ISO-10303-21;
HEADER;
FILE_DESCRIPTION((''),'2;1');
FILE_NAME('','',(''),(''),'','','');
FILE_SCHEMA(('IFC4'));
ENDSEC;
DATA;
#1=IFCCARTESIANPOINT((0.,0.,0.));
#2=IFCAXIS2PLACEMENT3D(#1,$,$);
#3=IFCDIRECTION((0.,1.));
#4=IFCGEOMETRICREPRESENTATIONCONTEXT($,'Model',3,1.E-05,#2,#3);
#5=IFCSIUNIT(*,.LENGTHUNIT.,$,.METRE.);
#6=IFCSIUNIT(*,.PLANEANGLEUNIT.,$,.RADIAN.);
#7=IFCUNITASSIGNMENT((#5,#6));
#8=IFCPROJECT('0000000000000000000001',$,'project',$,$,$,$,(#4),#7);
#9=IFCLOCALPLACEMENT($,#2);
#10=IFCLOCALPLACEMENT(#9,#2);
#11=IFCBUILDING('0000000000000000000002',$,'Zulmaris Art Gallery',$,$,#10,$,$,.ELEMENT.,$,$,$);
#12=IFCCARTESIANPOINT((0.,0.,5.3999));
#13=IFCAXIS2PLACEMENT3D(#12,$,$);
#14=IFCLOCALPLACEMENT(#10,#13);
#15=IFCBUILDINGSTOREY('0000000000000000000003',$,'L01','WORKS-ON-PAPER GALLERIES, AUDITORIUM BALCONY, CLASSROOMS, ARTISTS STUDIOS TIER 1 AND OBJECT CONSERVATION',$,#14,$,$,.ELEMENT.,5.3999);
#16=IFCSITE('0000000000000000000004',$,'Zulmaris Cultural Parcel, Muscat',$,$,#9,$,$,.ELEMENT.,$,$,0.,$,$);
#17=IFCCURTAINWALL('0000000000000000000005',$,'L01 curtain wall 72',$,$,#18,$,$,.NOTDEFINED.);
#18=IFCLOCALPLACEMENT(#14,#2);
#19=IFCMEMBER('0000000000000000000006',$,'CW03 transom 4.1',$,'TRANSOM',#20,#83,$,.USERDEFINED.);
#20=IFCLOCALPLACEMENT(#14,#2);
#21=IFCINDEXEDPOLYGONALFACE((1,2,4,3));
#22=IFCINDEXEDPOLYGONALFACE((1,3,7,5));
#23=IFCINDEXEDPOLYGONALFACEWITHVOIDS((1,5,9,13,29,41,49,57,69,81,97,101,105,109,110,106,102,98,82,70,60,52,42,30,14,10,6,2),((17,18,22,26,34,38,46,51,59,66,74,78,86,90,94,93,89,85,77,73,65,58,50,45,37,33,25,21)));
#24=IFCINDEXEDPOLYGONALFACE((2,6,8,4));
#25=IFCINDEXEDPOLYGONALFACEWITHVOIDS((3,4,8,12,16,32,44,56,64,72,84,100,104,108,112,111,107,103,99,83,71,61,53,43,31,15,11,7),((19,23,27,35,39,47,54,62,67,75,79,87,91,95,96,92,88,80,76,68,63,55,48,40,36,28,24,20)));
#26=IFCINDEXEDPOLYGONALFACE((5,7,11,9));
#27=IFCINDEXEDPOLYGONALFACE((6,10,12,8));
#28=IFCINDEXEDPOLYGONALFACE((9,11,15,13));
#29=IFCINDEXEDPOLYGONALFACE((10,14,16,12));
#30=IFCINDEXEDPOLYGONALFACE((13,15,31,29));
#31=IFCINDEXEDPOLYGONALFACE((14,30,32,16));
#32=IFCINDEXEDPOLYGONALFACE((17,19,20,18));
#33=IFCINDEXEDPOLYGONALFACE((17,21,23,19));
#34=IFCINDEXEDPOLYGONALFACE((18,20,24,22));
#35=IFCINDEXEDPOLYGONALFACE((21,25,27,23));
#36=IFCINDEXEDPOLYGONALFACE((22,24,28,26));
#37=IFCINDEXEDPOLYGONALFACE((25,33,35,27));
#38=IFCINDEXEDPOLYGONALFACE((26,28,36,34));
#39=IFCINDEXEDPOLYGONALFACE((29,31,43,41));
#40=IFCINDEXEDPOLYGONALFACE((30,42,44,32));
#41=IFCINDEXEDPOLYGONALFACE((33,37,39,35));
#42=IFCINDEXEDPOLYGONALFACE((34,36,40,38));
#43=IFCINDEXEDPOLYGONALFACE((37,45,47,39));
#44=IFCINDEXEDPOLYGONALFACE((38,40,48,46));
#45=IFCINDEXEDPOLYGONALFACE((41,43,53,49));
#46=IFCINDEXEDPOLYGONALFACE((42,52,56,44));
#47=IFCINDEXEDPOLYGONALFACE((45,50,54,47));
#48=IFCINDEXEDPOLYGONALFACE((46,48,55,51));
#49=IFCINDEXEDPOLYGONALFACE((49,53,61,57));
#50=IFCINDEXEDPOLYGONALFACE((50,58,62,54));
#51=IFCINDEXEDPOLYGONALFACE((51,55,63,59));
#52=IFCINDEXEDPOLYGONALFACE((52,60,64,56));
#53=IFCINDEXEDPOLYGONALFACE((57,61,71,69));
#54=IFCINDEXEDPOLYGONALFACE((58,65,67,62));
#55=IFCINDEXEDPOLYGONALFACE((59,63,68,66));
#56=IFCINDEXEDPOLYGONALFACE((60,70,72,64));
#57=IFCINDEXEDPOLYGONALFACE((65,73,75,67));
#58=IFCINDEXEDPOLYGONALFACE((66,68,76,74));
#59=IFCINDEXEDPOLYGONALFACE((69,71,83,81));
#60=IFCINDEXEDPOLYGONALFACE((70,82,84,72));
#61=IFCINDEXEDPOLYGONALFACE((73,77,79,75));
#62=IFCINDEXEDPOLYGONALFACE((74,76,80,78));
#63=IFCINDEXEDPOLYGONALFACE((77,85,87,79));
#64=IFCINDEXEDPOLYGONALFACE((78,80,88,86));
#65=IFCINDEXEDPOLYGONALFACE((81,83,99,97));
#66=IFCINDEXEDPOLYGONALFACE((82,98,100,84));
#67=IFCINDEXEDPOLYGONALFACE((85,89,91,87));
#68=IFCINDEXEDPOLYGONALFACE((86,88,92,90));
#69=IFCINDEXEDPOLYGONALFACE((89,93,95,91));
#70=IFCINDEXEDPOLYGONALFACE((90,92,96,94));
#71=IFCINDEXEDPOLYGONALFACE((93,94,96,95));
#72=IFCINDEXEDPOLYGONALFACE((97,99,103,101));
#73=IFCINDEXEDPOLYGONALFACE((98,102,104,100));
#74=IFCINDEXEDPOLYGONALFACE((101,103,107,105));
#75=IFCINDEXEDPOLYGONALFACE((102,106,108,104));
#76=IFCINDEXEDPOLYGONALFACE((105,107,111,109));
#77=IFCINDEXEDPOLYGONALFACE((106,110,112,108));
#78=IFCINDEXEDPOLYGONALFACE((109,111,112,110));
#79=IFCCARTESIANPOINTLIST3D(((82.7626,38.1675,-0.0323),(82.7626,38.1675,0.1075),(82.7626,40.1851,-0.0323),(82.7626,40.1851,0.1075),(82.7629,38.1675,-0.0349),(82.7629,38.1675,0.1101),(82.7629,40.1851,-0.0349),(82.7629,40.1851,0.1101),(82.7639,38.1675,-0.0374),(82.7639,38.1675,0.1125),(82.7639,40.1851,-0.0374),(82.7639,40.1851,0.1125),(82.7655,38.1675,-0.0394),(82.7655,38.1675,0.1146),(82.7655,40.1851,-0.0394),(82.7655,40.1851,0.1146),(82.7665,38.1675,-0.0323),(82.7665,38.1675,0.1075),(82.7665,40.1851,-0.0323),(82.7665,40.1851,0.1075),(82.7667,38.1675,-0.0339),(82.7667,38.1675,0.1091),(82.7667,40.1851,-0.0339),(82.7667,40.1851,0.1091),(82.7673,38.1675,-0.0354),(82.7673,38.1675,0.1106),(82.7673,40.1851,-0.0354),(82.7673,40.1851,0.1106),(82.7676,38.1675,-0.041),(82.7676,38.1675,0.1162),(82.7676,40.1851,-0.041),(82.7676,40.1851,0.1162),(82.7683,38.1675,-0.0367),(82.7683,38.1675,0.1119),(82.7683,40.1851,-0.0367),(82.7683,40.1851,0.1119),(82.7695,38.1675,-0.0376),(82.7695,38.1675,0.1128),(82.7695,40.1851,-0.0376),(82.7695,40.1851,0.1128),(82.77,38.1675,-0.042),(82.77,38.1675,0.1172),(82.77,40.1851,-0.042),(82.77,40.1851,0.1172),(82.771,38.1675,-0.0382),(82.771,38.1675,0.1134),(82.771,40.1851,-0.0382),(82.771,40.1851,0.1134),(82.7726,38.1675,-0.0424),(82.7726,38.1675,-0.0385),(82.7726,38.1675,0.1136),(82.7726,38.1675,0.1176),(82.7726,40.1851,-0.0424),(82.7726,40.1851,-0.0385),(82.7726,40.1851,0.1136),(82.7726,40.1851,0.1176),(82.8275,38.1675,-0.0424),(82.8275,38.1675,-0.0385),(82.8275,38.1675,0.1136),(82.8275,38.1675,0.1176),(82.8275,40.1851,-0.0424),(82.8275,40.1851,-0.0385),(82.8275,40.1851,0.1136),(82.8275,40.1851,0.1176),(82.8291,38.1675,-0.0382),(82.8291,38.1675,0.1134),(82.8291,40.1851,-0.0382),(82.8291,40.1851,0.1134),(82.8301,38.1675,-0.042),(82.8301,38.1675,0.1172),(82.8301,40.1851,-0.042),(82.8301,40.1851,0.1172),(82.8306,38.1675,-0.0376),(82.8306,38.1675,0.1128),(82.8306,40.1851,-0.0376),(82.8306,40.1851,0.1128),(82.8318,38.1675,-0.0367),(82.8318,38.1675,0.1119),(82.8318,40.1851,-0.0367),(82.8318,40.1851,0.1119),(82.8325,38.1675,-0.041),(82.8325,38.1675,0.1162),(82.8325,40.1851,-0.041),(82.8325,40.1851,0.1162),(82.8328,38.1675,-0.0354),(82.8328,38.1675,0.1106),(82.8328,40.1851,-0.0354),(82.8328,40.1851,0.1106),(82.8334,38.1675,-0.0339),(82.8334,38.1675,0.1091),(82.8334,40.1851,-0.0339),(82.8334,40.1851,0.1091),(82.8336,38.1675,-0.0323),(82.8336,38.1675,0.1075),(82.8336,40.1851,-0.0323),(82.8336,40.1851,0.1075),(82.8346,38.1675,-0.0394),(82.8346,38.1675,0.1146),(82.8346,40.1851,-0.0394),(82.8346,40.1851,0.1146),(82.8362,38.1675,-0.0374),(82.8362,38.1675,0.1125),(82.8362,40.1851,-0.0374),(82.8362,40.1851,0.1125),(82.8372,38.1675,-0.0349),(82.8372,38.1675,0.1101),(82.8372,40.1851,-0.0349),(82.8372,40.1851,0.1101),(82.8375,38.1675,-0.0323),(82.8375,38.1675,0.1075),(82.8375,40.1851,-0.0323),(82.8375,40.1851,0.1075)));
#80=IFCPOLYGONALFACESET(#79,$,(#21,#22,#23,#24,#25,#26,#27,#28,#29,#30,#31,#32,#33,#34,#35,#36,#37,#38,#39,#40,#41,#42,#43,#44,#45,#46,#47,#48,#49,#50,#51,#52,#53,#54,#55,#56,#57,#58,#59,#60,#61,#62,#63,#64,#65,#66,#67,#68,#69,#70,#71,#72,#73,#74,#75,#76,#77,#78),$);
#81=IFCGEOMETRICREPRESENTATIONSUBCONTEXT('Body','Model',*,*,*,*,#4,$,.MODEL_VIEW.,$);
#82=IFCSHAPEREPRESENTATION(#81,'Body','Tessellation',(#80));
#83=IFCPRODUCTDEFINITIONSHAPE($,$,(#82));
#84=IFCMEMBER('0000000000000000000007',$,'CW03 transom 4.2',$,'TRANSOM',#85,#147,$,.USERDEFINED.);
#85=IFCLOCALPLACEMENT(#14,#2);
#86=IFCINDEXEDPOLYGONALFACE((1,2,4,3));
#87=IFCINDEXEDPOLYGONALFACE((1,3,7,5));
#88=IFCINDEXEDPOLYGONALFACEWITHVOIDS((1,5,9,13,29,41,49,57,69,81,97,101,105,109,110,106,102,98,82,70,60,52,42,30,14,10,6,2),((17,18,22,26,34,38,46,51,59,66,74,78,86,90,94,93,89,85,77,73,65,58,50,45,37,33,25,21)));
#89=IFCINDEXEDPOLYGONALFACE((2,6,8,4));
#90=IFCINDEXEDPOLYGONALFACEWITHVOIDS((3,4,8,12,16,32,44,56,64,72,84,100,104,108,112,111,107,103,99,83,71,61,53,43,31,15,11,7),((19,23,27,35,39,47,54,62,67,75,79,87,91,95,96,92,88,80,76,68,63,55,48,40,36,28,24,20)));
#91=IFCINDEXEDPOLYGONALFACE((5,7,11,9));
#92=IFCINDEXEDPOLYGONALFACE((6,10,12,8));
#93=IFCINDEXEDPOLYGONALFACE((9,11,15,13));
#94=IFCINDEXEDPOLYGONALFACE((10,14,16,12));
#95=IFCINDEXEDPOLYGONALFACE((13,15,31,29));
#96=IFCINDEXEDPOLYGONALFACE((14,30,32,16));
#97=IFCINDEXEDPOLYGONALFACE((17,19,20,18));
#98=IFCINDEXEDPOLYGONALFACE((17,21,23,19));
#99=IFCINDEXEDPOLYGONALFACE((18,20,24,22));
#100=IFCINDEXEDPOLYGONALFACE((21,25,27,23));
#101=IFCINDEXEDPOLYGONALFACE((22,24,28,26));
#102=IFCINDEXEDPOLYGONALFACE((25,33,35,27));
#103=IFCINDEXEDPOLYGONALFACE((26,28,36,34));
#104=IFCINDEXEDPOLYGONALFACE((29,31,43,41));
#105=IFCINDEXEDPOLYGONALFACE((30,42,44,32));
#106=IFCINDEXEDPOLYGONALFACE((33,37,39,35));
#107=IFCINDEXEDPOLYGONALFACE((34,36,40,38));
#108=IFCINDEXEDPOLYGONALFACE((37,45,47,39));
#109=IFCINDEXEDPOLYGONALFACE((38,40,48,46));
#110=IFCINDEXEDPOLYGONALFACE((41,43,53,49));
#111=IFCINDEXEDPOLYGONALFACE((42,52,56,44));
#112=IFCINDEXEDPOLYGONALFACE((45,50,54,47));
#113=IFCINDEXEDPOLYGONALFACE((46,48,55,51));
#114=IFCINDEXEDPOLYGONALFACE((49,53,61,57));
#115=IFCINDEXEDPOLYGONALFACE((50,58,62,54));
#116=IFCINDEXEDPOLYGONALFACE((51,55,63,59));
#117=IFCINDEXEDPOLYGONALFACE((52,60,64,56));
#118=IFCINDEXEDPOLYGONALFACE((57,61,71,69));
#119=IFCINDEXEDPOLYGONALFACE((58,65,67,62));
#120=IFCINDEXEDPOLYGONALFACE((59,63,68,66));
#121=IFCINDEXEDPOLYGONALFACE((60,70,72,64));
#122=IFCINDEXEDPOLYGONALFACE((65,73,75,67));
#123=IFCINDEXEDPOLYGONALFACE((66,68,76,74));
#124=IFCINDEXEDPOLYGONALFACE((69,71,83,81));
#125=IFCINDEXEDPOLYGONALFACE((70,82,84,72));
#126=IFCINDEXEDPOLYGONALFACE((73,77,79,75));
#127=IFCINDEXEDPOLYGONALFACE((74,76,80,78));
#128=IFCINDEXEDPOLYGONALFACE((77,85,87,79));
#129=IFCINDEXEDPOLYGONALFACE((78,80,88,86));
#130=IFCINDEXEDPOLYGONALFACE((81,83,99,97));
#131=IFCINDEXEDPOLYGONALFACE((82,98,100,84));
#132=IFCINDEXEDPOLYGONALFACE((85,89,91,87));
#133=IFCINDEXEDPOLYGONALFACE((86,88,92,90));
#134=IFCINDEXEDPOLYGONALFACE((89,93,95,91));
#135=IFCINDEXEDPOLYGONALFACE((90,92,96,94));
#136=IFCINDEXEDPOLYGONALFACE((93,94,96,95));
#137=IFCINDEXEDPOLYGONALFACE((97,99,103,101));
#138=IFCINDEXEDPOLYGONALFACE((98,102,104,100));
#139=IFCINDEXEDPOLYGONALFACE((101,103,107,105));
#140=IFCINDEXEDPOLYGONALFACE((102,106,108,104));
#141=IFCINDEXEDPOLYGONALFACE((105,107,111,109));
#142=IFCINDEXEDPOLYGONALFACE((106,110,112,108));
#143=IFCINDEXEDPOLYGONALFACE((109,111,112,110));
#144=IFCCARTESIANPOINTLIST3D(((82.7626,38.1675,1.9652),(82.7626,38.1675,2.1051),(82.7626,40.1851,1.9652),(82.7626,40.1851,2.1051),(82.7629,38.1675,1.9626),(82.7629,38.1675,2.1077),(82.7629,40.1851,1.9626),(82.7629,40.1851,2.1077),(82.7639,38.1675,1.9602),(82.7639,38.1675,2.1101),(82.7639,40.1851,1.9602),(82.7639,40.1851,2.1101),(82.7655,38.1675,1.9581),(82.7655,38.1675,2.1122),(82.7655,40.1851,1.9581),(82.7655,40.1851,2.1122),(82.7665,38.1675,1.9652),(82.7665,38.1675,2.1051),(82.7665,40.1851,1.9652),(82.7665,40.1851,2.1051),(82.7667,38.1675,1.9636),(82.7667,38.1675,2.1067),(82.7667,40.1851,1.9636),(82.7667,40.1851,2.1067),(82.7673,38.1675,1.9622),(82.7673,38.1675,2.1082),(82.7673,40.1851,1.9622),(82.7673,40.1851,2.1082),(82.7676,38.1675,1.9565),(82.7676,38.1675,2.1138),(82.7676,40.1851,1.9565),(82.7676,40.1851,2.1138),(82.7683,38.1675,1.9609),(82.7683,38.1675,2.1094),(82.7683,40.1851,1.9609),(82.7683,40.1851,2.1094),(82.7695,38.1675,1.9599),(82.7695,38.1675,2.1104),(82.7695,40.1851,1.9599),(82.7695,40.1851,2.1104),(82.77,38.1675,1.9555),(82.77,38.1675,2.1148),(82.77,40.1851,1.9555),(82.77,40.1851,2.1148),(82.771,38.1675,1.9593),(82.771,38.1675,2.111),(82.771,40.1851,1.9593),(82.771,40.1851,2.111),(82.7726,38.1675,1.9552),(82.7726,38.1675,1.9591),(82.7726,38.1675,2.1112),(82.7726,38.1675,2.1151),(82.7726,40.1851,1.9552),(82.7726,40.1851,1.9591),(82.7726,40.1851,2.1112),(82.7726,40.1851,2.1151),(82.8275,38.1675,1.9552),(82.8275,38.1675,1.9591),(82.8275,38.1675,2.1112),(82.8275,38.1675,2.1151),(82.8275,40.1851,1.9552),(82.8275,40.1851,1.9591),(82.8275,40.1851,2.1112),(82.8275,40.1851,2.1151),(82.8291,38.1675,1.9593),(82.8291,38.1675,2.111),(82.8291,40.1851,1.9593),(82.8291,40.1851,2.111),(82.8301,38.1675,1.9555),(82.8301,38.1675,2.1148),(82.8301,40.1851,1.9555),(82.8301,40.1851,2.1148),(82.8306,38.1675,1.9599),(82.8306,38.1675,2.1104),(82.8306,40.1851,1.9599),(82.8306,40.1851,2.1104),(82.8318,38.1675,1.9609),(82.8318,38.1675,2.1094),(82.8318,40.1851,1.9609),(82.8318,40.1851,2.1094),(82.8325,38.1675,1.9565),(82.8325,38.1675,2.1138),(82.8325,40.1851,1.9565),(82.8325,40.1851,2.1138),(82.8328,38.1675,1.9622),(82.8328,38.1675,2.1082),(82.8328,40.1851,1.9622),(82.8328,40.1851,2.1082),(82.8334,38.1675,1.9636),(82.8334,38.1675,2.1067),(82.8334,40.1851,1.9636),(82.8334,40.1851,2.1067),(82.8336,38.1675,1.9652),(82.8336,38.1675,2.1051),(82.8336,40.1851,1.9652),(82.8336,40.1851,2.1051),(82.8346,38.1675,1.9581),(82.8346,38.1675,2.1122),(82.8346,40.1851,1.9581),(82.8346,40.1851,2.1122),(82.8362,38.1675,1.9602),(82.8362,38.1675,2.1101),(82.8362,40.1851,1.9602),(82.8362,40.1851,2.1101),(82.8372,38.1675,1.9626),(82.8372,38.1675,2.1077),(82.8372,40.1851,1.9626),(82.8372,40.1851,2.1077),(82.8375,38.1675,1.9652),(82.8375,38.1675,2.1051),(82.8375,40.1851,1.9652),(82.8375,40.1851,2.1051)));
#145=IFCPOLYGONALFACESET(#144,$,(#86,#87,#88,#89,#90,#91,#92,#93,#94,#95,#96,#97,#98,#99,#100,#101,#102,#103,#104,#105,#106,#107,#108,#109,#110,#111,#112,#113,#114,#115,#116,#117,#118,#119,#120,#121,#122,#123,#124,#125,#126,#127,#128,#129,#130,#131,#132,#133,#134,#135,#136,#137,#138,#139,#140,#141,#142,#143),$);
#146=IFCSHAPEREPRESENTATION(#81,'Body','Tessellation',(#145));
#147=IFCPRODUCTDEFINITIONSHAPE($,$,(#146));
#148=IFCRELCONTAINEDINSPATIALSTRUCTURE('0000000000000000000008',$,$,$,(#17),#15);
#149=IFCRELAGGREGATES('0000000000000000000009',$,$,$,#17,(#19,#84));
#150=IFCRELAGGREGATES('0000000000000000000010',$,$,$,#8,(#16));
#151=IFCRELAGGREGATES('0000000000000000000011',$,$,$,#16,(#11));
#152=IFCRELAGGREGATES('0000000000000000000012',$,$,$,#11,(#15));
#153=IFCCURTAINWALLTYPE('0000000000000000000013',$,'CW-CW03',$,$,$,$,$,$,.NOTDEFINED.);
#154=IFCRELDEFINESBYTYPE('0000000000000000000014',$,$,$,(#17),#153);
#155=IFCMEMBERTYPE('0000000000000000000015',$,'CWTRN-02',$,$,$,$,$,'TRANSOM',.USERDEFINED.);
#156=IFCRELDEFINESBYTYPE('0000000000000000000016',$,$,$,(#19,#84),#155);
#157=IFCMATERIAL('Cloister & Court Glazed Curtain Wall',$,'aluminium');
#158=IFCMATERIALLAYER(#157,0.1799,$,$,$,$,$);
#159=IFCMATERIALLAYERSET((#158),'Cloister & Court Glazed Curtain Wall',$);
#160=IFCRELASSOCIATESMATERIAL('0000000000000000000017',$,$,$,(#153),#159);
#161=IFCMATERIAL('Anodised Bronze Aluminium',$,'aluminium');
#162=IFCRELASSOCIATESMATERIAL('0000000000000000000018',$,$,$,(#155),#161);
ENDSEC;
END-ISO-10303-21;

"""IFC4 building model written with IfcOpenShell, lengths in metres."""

from ifc_helpers import new_model, si_unit, direction, frame, origin, origin_2d, place, context, subcontext, project, spatial, hollow_rectangle, extrude, material, layer, layer_set, material_profile, profile_set, type_object, element, aggregate, save


model = new_model("IFC4")

# Units and contexts
model_context = context("Model", 3, precision=1e-05, world=origin(), true_north=direction((0.0, 1.0)))
body_context = subcontext(model_context, "Body", "Model", "MODEL_VIEW")
ifc_project = project(units=[si_unit("LENGTHUNIT", "METRE"), si_unit("PLANEANGLEUNIT", "RADIAN")], contexts=[model_context])

# Site, building, storey
site_placement = place(None, origin())
site = spatial("IfcSite", under=ifc_project, at=site_placement, Name="Zulmaris Cultural Parcel, Muscat", CompositionType="ELEMENT", RefElevation=0.0)
building_placement = place(site_placement, origin())
building = spatial("IfcBuilding", under=site, at=building_placement, Name="Zulmaris Art Gallery", CompositionType="ELEMENT")
storey_placement = place(building_placement, frame((0.0, 0.0, 5.3999)))
storey = spatial("IfcBuildingStorey", under=building, at=storey_placement, Name="L01", Description="WORKS-ON-PAPER GALLERIES, AUDITORIUM BALCONY, CLASSROOMS, ARTISTS STUDIOS TIER 1 AND OBJECT CONSERVATION", CompositionType="ELEMENT", Elevation=5.3999)

# Curtain wall, members
ifc_material_1 = material(Name="Cloister & Court Glazed Curtain Wall", Category="aluminium")
ifc_layer_1 = layer(ifc_material_1, 0.1799)
ifc_layer_set_1 = layer_set([ifc_layer_1], Name="Cloister & Court Glazed Curtain Wall")
curtain_wall_type = type_object("IfcCurtainWallType", Name="CW-CW03", PredefinedType="NOTDEFINED", material=ifc_layer_set_1)
curtain_wall_placement = place(storey_placement, origin())
curtain_wall = element("IfcCurtainWall", 1, at=curtain_wall_placement, inside=storey, type_object=curtain_wall_type, Name="L01 curtain wall 72", PredefinedType="NOTDEFINED")
ifc_material_2 = material(Name="Anodised Bronze Aluminium", Category="aluminium")
ifc_material_profile_1 = material_profile(ifc_material_2, hollow_rectangle(XDim=0.075, YDim=0.1599, WallThickness=0.0039, InnerFilletRadius=0.0061, OuterFilletRadius=0.01, at=origin_2d()), Name="ALU 75x160x4")
ifc_profile_set_1 = profile_set([ifc_material_profile_1], Name="Anodised Bronze Aluminium")
member_type_1 = type_object("IfcMemberType", Name="CWTRN-02", ElementType="TRANSOM", PredefinedType="USERDEFINED", material=ifc_profile_set_1)
member_1_placement = place(storey_placement, frame((82.8, 38.1675, 0.0376), z_axis=(0.0, 1.0, 0.0), x_axis=(-1.0, 0.0, 0.0)))
member_1 = element("IfcMember", 2, at=member_1_placement, type_object=member_type_1, Name="CW03 transom 4.1", ObjectType="TRANSOM", PredefinedType="USERDEFINED", context=body_context, shape_type="SweptSolid", body=[
    extrude(hollow_rectangle(XDim=0.075, YDim=0.1599, WallThickness=0.0039, InnerFilletRadius=0.0061, OuterFilletRadius=0.01, at=origin_2d()), origin(), (0.0, 0.0, 1.0), 2.0176),
])
member_2_placement = place(storey_placement, frame((82.8, 38.1675, 2.0352), z_axis=(0.0, 1.0, 0.0), x_axis=(-1.0, 0.0, 0.0)))
member_2 = element("IfcMember", 3, at=member_2_placement, type_object=member_type_1, Name="CW03 transom 4.2", ObjectType="TRANSOM", PredefinedType="USERDEFINED", context=body_context, shape_type="SweptSolid", body=[
    extrude(hollow_rectangle(XDim=0.075, YDim=0.1599, WallThickness=0.0039, InnerFilletRadius=0.0061, OuterFilletRadius=0.01, at=origin_2d()), origin(), (0.0, 0.0, 1.0), 2.0176),
])
aggregate(curtain_wall, [member_1, member_2])

save(model, "model.ifc")
